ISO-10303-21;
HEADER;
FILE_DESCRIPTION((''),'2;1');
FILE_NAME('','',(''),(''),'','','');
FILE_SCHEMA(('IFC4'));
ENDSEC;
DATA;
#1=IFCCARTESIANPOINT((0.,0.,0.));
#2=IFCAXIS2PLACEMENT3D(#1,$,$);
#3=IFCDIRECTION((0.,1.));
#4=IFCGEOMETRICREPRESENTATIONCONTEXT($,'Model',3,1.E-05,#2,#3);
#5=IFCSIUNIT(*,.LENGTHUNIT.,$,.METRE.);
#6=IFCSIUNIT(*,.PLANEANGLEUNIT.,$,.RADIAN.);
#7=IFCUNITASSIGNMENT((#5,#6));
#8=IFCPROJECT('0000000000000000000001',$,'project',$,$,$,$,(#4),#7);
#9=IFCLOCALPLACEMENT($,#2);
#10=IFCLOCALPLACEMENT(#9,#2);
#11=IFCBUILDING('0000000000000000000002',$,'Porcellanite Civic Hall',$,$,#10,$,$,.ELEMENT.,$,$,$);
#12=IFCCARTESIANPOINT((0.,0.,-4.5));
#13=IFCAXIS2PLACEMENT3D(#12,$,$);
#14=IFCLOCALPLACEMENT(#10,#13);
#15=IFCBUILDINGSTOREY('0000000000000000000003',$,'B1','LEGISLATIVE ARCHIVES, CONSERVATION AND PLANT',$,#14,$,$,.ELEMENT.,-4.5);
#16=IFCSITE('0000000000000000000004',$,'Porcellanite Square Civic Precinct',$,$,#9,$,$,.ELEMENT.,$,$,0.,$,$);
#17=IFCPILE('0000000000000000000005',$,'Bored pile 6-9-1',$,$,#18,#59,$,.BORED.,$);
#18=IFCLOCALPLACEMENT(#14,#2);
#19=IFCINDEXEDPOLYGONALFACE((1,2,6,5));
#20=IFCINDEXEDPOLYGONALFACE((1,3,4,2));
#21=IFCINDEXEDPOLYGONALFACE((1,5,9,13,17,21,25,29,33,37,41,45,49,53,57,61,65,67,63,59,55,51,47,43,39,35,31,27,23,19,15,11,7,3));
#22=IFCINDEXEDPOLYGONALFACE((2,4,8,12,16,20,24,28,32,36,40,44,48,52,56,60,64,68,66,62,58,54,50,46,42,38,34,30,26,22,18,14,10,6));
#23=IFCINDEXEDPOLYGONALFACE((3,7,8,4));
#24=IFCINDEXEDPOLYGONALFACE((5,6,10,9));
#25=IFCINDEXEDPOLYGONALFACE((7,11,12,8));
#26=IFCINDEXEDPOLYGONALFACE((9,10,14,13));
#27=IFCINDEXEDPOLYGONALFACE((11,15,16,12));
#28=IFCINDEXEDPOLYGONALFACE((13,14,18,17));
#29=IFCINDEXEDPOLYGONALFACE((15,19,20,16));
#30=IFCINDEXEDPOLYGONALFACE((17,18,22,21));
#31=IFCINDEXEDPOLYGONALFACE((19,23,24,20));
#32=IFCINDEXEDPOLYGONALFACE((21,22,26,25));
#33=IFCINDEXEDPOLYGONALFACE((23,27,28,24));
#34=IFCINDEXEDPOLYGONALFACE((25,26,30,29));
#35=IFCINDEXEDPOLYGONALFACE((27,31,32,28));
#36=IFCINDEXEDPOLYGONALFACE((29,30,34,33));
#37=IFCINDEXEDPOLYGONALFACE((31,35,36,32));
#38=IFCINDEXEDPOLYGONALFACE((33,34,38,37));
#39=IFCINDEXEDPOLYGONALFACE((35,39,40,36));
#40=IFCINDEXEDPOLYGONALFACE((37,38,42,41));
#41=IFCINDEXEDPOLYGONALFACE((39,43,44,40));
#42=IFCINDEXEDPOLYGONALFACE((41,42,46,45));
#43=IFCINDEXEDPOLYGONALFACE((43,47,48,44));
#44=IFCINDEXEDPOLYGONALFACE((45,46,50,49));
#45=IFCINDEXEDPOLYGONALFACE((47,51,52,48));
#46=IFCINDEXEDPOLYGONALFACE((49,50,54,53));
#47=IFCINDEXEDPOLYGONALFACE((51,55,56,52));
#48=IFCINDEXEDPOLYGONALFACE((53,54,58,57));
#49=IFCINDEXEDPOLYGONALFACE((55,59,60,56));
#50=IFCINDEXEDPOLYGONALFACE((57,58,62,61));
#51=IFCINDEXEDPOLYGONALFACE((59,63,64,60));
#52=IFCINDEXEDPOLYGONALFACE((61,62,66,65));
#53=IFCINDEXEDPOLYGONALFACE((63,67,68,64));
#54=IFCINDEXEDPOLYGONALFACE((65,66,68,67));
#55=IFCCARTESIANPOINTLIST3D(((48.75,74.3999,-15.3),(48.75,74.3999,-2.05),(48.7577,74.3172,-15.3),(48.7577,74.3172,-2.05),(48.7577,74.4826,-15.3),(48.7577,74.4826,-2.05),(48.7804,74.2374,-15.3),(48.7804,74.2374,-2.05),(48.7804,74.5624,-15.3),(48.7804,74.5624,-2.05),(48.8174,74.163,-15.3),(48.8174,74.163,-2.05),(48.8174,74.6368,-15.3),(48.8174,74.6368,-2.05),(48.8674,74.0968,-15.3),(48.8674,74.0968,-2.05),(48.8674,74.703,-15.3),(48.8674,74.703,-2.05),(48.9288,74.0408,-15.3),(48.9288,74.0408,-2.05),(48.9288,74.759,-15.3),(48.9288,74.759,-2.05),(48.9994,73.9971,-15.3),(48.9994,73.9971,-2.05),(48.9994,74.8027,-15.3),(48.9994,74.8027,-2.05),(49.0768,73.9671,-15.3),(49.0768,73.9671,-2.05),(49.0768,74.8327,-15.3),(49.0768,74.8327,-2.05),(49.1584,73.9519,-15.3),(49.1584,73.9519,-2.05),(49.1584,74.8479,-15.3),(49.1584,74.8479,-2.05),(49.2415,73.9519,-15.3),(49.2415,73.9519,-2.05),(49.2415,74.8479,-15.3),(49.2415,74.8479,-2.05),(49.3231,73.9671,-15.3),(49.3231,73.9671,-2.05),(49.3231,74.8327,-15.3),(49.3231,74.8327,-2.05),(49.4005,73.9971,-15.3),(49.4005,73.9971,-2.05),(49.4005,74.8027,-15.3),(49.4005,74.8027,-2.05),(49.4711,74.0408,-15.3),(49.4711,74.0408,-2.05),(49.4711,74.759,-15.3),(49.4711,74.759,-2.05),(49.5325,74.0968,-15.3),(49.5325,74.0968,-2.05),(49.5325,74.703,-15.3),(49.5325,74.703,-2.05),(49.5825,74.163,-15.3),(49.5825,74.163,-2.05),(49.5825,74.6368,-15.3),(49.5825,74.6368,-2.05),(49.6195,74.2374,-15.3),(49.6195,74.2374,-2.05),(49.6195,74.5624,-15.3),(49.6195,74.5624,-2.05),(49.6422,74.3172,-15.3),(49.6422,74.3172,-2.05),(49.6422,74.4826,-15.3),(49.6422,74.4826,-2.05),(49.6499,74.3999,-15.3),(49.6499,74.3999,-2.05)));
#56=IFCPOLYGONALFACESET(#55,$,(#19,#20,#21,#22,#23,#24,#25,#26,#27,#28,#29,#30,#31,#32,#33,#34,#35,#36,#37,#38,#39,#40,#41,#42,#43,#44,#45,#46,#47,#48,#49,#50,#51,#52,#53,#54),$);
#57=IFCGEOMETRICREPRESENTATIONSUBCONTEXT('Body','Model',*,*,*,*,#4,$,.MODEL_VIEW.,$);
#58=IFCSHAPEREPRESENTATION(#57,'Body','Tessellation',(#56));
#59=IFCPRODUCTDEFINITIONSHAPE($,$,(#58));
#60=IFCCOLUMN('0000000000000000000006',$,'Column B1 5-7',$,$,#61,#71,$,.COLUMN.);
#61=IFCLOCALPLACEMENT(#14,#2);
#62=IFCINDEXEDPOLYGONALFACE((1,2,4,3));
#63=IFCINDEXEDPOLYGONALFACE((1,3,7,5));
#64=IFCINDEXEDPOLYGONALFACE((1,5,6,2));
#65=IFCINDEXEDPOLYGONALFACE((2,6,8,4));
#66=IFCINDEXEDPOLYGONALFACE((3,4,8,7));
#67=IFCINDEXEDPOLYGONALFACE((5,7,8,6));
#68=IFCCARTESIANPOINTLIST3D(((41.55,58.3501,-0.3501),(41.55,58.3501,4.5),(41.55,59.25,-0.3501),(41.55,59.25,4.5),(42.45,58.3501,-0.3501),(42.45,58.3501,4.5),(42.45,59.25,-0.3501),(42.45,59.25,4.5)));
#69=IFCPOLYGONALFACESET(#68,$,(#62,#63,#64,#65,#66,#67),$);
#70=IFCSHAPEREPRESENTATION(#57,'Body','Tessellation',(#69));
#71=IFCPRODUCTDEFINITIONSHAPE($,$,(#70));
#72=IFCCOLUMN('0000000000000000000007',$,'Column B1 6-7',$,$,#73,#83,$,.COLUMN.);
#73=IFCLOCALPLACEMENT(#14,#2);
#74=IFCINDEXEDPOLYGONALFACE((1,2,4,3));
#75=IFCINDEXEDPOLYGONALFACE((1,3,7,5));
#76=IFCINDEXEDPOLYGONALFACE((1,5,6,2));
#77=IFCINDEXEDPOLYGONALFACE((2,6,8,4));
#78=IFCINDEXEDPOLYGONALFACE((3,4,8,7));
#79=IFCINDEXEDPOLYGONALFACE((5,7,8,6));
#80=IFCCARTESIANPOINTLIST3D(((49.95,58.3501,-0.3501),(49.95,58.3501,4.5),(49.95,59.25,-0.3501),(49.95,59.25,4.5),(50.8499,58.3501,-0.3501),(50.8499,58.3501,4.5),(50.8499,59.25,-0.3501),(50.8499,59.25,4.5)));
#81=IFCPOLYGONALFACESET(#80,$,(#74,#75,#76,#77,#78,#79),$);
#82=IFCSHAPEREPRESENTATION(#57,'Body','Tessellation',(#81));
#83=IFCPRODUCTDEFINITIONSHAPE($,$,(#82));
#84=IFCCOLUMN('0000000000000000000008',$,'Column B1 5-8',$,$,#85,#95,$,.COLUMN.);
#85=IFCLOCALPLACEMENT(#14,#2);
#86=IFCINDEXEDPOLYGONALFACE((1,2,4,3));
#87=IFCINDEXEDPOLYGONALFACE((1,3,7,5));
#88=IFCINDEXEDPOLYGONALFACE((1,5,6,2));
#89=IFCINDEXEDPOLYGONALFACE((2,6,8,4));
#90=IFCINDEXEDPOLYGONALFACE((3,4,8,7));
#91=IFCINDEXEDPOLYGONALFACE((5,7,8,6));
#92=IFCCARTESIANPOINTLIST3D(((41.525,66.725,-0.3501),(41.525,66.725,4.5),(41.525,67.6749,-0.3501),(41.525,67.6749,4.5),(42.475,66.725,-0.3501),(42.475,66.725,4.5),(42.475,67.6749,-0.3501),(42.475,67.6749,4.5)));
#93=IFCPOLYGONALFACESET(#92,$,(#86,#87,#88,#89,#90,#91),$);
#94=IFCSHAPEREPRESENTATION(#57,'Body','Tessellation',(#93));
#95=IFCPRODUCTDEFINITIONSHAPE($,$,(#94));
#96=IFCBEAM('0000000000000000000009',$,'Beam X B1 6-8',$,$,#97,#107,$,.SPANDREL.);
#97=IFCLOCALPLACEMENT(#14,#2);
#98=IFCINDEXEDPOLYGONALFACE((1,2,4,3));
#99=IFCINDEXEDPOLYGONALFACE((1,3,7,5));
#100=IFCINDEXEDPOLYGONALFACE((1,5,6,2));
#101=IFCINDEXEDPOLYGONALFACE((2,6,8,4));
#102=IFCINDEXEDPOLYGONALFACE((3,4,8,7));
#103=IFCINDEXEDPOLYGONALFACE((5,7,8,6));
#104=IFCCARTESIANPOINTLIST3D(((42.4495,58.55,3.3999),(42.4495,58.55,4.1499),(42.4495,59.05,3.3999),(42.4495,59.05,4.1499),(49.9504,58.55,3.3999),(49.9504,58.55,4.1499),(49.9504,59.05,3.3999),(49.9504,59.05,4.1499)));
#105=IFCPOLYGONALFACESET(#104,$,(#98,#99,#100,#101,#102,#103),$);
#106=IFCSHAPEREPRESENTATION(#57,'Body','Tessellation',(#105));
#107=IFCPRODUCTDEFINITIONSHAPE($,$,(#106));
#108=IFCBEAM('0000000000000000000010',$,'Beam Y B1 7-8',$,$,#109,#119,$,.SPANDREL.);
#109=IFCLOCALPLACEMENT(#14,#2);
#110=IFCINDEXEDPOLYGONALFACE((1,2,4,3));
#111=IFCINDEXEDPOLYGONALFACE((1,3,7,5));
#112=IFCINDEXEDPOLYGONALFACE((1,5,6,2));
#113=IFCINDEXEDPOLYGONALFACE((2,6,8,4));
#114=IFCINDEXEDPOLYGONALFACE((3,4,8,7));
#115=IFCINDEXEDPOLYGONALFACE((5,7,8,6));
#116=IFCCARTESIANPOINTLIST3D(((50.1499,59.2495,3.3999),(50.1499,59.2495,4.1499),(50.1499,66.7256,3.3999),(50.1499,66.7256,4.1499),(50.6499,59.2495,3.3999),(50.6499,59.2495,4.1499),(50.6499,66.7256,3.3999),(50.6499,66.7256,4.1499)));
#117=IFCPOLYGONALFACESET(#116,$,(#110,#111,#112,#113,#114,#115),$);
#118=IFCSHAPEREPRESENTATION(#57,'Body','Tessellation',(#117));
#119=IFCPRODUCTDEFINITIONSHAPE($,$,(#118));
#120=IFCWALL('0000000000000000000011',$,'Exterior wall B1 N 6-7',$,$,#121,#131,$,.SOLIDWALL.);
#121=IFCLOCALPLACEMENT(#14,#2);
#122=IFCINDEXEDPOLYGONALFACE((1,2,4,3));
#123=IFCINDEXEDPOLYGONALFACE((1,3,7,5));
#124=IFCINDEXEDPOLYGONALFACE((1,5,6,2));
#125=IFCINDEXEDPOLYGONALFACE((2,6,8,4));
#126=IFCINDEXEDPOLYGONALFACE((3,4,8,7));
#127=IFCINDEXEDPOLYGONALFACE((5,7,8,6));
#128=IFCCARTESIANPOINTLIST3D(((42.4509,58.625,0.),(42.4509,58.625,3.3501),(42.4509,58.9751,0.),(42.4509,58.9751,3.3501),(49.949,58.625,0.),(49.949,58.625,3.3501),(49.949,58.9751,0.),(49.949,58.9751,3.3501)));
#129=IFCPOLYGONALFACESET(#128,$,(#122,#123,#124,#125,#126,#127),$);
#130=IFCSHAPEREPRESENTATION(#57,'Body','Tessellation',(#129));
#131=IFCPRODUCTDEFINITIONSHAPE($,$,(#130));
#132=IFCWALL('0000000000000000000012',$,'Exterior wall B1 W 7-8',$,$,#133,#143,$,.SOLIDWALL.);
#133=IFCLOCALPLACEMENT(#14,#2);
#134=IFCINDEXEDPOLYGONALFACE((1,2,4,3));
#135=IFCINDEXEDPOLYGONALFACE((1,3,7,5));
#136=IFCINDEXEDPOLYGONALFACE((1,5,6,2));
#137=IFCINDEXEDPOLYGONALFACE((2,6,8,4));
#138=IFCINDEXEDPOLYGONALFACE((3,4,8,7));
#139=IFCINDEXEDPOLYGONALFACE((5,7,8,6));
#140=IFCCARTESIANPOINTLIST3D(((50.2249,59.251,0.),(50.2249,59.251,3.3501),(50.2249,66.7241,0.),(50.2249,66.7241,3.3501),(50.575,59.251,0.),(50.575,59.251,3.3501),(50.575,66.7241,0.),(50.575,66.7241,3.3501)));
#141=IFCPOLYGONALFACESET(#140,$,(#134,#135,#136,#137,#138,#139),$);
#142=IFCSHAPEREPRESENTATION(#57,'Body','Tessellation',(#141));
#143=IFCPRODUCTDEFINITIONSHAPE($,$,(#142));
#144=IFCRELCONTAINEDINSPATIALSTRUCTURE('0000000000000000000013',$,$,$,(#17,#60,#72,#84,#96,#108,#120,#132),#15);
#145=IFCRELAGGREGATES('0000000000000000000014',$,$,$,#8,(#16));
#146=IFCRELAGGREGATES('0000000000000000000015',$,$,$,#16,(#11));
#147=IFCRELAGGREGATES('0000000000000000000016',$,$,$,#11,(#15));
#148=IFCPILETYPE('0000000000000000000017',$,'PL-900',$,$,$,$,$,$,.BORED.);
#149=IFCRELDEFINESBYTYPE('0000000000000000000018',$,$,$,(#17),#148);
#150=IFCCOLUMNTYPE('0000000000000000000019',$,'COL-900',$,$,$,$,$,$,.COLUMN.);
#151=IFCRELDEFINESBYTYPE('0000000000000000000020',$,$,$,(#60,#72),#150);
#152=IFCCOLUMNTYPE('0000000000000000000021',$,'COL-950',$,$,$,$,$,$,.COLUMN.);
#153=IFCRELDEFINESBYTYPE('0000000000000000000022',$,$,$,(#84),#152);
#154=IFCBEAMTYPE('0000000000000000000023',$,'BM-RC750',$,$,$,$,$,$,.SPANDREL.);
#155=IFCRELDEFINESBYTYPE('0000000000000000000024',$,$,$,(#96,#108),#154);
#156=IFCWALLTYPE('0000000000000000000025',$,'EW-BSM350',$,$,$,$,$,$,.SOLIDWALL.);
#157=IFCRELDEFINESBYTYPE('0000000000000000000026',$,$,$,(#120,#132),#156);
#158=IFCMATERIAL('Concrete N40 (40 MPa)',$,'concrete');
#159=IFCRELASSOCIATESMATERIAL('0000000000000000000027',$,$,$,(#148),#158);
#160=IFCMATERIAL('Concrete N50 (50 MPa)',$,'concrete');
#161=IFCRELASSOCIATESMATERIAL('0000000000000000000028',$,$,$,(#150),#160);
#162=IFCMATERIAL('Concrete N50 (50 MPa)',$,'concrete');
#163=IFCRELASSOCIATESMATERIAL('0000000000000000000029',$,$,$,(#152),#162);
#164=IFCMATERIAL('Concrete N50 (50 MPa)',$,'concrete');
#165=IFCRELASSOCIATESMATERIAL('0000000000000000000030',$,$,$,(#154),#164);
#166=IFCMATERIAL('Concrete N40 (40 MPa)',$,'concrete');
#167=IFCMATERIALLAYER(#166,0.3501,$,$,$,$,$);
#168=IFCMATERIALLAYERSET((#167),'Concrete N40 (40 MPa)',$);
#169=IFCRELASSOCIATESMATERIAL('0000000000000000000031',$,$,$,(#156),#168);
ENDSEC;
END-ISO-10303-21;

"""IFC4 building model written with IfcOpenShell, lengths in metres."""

from ifc_helpers import new_model, si_unit, direction, frame, frame_2d, origin, origin_2d, place, context, subcontext, project, spatial, rectangle, circle, extrude, material, layer, layer_set, material_profile, profile_set, type_object, element, save


model = new_model("IFC4")

# Units and contexts
model_context = context("Model", 3, precision=1e-05, world=origin(), true_north=direction((0.0, 1.0)))
body_context = subcontext(model_context, "Body", "Model", "MODEL_VIEW")
ifc_project = project(units=[si_unit("LENGTHUNIT", "METRE"), si_unit("PLANEANGLEUNIT", "RADIAN")], contexts=[model_context])

# Site, building, storey
site_placement = place(None, origin())
site = spatial("IfcSite", under=ifc_project, at=site_placement, Name="Porcellanite Square Civic Precinct", CompositionType="ELEMENT", RefElevation=0.0)
building_placement = place(site_placement, origin())
building = spatial("IfcBuilding", under=site, at=building_placement, Name="Porcellanite Civic Hall", CompositionType="ELEMENT")
storey_placement = place(building_placement, frame((0.0, 0.0, -4.5)))
storey = spatial("IfcBuildingStorey", under=building, at=storey_placement, Name="B1", Description="LEGISLATIVE ARCHIVES, CONSERVATION AND PLANT", CompositionType="ELEMENT", Elevation=-4.5)

# Pile
ifc_material_1 = material(Name="Concrete N40 (40 MPa)", Category="concrete")
ifc_material_profile_1 = material_profile(ifc_material_1, circle(Radius=0.45, at=origin_2d()), Name="PILE-D900")
ifc_profile_set_1 = profile_set([ifc_material_profile_1], Name="Concrete N40 (40 MPa)")
pile_type = type_object("IfcPileType", Name="PL-900", PredefinedType="BORED", material=ifc_profile_set_1)
for number, where, z_axis, x_axis, name in (
    (1, (49.2, 74.3999, -2.05), (0.0, 0.0, -1.0), (1.0, 0.0, 0.0), "Bored pile 6-9-1"),
):
    element("IfcPile", number, at=place(storey_placement, frame(where, z_axis=z_axis, x_axis=x_axis)), inside=storey, type_object=pile_type, Name=name, PredefinedType="BORED", context=body_context, shape_type="SweptSolid", body=[
        extrude(circle(Radius=0.45, at=origin_2d()), origin(), (0.0, 0.0, 1.0), 13.25),
    ])

# Columns
ifc_material_2 = material(Name="Concrete N50 (50 MPa)", Category="concrete")
ifc_material_profile_2 = material_profile(ifc_material_2, rectangle(XDim=0.8999, YDim=0.8999, at=origin_2d()), Name="RC-900x900")
ifc_profile_set_2 = profile_set([ifc_material_profile_2], Name="Concrete N50 (50 MPa)")
column_type_1 = type_object("IfcColumnType", Name="COL-900", PredefinedType="COLUMN", material=ifc_profile_set_2)
for number, where, z_axis, x_axis, name in (
    (2, (42.0, 58.8, -0.3501), (0.0, 0.0, 1.0), (1.0, 0.0, 0.0), "Column B1 5-7"),
    (3, (50.3999, 58.8, -0.3501), (0.0, 0.0, 1.0), (1.0, 0.0, 0.0), "Column B1 6-7"),
):
    element("IfcColumn", number, at=place(storey_placement, frame(where, z_axis=z_axis, x_axis=x_axis)), inside=storey, type_object=column_type_1, Name=name, PredefinedType="COLUMN", context=body_context, shape_type="SweptSolid", body=[
        extrude(rectangle(XDim=0.8999, YDim=0.8999, at=origin_2d()), origin(), (0.0, 0.0, 1.0), 4.8501),
    ])
ifc_material_3 = material(Name="Concrete N50 (50 MPa)", Category="concrete")
ifc_material_profile_3 = material_profile(ifc_material_3, rectangle(XDim=0.95, YDim=0.95, at=origin_2d()), Name="RC-950x950")
ifc_profile_set_3 = profile_set([ifc_material_profile_3], Name="Concrete N50 (50 MPa)")
column_type_2 = type_object("IfcColumnType", Name="COL-950", PredefinedType="COLUMN", material=ifc_profile_set_3)
column_placement = place(storey_placement, frame((42.0, 67.2, -0.3501), z_axis=(0.0, 0.0, 1.0), x_axis=(1.0, 0.0, 0.0)))
element("IfcColumn", 4, at=column_placement, inside=storey, type_object=column_type_2, Name="Column B1 5-8", PredefinedType="COLUMN", context=body_context, shape_type="SweptSolid", body=[
    extrude(rectangle(XDim=0.95, YDim=0.95, at=origin_2d()), origin(), (0.0, 0.0, 1.0), 4.8501),
])

# Beams
ifc_material_4 = material(Name="Concrete N50 (50 MPa)", Category="concrete")
ifc_material_profile_4 = material_profile(ifc_material_4, rectangle(XDim=0.5, YDim=0.75, at=origin_2d()), Name="RC-500x750")
ifc_profile_set_4 = profile_set([ifc_material_profile_4], Name="Concrete N50 (50 MPa)")
beam_type = type_object("IfcBeamType", Name="BM-RC750", PredefinedType="SPANDREL", material=ifc_profile_set_4)
beam_1_placement = place(storey_placement, frame((42.4495, 58.8, 3.7749), z_axis=(1.0, 0.0, 0.0), x_axis=(0.0, 1.0, 0.0)))
element("IfcBeam", 5, at=beam_1_placement, inside=storey, type_object=beam_type, Name="Beam X B1 6-8", PredefinedType="SPANDREL", context=body_context, shape_type="SweptSolid", body=[
    extrude(rectangle(XDim=0.5, YDim=0.75, at=origin_2d()), origin(), (0.0, 0.0, 1.0), 7.501),
])
beam_2_placement = place(storey_placement, frame((50.3999, 59.2495, 3.7749), z_axis=(0.0, 1.0, 0.0), x_axis=(-1.0, 0.0, 0.0)))
element("IfcBeam", 6, at=beam_2_placement, inside=storey, type_object=beam_type, Name="Beam Y B1 7-8", PredefinedType="SPANDREL", context=body_context, shape_type="SweptSolid", body=[
    extrude(rectangle(XDim=0.5, YDim=0.75, at=origin_2d()), origin(), (0.0, 0.0, 1.0), 7.4761),
])

# Walls
ifc_material_5 = material(Name="Concrete N40 (40 MPa)", Category="concrete")
ifc_layer = layer(ifc_material_5, 0.3501)
ifc_layer_set = layer_set([ifc_layer], Name="Concrete N40 (40 MPa)")
wall_type = type_object("IfcWallType", Name="EW-BSM350", PredefinedType="SOLIDWALL", material=ifc_layer_set)
wall_1_placement = place(storey_placement, frame((42.4509, 58.8, 0.0), z_axis=(0.0, 0.0, 1.0), x_axis=(1.0, 0.0, 0.0)))
element("IfcWall", 7, at=wall_1_placement, inside=storey, type_object=wall_type, Name="Exterior wall B1 N 6-7", PredefinedType="SOLIDWALL", context=body_context, shape_type="SweptSolid", body=[
    extrude(rectangle(XDim=7.498, YDim=0.3501, at=frame_2d((3.749, 0.0))), origin(), (0.0, 0.0, 1.0), 3.3501),
])
wall_2_placement = place(storey_placement, frame((50.3999, 59.251, 0.0), z_axis=(0.0, 0.0, 1.0), x_axis=(0.0, 1.0, 0.0)))
element("IfcWall", 8, at=wall_2_placement, inside=storey, type_object=wall_type, Name="Exterior wall B1 W 7-8", PredefinedType="SOLIDWALL", context=body_context, shape_type="SweptSolid", body=[
    extrude(rectangle(XDim=7.4731, YDim=0.3501, at=frame_2d((3.7366, 0.0))), origin(), (0.0, 0.0, 1.0), 3.3501),
])

save(model, "model.ifc")
